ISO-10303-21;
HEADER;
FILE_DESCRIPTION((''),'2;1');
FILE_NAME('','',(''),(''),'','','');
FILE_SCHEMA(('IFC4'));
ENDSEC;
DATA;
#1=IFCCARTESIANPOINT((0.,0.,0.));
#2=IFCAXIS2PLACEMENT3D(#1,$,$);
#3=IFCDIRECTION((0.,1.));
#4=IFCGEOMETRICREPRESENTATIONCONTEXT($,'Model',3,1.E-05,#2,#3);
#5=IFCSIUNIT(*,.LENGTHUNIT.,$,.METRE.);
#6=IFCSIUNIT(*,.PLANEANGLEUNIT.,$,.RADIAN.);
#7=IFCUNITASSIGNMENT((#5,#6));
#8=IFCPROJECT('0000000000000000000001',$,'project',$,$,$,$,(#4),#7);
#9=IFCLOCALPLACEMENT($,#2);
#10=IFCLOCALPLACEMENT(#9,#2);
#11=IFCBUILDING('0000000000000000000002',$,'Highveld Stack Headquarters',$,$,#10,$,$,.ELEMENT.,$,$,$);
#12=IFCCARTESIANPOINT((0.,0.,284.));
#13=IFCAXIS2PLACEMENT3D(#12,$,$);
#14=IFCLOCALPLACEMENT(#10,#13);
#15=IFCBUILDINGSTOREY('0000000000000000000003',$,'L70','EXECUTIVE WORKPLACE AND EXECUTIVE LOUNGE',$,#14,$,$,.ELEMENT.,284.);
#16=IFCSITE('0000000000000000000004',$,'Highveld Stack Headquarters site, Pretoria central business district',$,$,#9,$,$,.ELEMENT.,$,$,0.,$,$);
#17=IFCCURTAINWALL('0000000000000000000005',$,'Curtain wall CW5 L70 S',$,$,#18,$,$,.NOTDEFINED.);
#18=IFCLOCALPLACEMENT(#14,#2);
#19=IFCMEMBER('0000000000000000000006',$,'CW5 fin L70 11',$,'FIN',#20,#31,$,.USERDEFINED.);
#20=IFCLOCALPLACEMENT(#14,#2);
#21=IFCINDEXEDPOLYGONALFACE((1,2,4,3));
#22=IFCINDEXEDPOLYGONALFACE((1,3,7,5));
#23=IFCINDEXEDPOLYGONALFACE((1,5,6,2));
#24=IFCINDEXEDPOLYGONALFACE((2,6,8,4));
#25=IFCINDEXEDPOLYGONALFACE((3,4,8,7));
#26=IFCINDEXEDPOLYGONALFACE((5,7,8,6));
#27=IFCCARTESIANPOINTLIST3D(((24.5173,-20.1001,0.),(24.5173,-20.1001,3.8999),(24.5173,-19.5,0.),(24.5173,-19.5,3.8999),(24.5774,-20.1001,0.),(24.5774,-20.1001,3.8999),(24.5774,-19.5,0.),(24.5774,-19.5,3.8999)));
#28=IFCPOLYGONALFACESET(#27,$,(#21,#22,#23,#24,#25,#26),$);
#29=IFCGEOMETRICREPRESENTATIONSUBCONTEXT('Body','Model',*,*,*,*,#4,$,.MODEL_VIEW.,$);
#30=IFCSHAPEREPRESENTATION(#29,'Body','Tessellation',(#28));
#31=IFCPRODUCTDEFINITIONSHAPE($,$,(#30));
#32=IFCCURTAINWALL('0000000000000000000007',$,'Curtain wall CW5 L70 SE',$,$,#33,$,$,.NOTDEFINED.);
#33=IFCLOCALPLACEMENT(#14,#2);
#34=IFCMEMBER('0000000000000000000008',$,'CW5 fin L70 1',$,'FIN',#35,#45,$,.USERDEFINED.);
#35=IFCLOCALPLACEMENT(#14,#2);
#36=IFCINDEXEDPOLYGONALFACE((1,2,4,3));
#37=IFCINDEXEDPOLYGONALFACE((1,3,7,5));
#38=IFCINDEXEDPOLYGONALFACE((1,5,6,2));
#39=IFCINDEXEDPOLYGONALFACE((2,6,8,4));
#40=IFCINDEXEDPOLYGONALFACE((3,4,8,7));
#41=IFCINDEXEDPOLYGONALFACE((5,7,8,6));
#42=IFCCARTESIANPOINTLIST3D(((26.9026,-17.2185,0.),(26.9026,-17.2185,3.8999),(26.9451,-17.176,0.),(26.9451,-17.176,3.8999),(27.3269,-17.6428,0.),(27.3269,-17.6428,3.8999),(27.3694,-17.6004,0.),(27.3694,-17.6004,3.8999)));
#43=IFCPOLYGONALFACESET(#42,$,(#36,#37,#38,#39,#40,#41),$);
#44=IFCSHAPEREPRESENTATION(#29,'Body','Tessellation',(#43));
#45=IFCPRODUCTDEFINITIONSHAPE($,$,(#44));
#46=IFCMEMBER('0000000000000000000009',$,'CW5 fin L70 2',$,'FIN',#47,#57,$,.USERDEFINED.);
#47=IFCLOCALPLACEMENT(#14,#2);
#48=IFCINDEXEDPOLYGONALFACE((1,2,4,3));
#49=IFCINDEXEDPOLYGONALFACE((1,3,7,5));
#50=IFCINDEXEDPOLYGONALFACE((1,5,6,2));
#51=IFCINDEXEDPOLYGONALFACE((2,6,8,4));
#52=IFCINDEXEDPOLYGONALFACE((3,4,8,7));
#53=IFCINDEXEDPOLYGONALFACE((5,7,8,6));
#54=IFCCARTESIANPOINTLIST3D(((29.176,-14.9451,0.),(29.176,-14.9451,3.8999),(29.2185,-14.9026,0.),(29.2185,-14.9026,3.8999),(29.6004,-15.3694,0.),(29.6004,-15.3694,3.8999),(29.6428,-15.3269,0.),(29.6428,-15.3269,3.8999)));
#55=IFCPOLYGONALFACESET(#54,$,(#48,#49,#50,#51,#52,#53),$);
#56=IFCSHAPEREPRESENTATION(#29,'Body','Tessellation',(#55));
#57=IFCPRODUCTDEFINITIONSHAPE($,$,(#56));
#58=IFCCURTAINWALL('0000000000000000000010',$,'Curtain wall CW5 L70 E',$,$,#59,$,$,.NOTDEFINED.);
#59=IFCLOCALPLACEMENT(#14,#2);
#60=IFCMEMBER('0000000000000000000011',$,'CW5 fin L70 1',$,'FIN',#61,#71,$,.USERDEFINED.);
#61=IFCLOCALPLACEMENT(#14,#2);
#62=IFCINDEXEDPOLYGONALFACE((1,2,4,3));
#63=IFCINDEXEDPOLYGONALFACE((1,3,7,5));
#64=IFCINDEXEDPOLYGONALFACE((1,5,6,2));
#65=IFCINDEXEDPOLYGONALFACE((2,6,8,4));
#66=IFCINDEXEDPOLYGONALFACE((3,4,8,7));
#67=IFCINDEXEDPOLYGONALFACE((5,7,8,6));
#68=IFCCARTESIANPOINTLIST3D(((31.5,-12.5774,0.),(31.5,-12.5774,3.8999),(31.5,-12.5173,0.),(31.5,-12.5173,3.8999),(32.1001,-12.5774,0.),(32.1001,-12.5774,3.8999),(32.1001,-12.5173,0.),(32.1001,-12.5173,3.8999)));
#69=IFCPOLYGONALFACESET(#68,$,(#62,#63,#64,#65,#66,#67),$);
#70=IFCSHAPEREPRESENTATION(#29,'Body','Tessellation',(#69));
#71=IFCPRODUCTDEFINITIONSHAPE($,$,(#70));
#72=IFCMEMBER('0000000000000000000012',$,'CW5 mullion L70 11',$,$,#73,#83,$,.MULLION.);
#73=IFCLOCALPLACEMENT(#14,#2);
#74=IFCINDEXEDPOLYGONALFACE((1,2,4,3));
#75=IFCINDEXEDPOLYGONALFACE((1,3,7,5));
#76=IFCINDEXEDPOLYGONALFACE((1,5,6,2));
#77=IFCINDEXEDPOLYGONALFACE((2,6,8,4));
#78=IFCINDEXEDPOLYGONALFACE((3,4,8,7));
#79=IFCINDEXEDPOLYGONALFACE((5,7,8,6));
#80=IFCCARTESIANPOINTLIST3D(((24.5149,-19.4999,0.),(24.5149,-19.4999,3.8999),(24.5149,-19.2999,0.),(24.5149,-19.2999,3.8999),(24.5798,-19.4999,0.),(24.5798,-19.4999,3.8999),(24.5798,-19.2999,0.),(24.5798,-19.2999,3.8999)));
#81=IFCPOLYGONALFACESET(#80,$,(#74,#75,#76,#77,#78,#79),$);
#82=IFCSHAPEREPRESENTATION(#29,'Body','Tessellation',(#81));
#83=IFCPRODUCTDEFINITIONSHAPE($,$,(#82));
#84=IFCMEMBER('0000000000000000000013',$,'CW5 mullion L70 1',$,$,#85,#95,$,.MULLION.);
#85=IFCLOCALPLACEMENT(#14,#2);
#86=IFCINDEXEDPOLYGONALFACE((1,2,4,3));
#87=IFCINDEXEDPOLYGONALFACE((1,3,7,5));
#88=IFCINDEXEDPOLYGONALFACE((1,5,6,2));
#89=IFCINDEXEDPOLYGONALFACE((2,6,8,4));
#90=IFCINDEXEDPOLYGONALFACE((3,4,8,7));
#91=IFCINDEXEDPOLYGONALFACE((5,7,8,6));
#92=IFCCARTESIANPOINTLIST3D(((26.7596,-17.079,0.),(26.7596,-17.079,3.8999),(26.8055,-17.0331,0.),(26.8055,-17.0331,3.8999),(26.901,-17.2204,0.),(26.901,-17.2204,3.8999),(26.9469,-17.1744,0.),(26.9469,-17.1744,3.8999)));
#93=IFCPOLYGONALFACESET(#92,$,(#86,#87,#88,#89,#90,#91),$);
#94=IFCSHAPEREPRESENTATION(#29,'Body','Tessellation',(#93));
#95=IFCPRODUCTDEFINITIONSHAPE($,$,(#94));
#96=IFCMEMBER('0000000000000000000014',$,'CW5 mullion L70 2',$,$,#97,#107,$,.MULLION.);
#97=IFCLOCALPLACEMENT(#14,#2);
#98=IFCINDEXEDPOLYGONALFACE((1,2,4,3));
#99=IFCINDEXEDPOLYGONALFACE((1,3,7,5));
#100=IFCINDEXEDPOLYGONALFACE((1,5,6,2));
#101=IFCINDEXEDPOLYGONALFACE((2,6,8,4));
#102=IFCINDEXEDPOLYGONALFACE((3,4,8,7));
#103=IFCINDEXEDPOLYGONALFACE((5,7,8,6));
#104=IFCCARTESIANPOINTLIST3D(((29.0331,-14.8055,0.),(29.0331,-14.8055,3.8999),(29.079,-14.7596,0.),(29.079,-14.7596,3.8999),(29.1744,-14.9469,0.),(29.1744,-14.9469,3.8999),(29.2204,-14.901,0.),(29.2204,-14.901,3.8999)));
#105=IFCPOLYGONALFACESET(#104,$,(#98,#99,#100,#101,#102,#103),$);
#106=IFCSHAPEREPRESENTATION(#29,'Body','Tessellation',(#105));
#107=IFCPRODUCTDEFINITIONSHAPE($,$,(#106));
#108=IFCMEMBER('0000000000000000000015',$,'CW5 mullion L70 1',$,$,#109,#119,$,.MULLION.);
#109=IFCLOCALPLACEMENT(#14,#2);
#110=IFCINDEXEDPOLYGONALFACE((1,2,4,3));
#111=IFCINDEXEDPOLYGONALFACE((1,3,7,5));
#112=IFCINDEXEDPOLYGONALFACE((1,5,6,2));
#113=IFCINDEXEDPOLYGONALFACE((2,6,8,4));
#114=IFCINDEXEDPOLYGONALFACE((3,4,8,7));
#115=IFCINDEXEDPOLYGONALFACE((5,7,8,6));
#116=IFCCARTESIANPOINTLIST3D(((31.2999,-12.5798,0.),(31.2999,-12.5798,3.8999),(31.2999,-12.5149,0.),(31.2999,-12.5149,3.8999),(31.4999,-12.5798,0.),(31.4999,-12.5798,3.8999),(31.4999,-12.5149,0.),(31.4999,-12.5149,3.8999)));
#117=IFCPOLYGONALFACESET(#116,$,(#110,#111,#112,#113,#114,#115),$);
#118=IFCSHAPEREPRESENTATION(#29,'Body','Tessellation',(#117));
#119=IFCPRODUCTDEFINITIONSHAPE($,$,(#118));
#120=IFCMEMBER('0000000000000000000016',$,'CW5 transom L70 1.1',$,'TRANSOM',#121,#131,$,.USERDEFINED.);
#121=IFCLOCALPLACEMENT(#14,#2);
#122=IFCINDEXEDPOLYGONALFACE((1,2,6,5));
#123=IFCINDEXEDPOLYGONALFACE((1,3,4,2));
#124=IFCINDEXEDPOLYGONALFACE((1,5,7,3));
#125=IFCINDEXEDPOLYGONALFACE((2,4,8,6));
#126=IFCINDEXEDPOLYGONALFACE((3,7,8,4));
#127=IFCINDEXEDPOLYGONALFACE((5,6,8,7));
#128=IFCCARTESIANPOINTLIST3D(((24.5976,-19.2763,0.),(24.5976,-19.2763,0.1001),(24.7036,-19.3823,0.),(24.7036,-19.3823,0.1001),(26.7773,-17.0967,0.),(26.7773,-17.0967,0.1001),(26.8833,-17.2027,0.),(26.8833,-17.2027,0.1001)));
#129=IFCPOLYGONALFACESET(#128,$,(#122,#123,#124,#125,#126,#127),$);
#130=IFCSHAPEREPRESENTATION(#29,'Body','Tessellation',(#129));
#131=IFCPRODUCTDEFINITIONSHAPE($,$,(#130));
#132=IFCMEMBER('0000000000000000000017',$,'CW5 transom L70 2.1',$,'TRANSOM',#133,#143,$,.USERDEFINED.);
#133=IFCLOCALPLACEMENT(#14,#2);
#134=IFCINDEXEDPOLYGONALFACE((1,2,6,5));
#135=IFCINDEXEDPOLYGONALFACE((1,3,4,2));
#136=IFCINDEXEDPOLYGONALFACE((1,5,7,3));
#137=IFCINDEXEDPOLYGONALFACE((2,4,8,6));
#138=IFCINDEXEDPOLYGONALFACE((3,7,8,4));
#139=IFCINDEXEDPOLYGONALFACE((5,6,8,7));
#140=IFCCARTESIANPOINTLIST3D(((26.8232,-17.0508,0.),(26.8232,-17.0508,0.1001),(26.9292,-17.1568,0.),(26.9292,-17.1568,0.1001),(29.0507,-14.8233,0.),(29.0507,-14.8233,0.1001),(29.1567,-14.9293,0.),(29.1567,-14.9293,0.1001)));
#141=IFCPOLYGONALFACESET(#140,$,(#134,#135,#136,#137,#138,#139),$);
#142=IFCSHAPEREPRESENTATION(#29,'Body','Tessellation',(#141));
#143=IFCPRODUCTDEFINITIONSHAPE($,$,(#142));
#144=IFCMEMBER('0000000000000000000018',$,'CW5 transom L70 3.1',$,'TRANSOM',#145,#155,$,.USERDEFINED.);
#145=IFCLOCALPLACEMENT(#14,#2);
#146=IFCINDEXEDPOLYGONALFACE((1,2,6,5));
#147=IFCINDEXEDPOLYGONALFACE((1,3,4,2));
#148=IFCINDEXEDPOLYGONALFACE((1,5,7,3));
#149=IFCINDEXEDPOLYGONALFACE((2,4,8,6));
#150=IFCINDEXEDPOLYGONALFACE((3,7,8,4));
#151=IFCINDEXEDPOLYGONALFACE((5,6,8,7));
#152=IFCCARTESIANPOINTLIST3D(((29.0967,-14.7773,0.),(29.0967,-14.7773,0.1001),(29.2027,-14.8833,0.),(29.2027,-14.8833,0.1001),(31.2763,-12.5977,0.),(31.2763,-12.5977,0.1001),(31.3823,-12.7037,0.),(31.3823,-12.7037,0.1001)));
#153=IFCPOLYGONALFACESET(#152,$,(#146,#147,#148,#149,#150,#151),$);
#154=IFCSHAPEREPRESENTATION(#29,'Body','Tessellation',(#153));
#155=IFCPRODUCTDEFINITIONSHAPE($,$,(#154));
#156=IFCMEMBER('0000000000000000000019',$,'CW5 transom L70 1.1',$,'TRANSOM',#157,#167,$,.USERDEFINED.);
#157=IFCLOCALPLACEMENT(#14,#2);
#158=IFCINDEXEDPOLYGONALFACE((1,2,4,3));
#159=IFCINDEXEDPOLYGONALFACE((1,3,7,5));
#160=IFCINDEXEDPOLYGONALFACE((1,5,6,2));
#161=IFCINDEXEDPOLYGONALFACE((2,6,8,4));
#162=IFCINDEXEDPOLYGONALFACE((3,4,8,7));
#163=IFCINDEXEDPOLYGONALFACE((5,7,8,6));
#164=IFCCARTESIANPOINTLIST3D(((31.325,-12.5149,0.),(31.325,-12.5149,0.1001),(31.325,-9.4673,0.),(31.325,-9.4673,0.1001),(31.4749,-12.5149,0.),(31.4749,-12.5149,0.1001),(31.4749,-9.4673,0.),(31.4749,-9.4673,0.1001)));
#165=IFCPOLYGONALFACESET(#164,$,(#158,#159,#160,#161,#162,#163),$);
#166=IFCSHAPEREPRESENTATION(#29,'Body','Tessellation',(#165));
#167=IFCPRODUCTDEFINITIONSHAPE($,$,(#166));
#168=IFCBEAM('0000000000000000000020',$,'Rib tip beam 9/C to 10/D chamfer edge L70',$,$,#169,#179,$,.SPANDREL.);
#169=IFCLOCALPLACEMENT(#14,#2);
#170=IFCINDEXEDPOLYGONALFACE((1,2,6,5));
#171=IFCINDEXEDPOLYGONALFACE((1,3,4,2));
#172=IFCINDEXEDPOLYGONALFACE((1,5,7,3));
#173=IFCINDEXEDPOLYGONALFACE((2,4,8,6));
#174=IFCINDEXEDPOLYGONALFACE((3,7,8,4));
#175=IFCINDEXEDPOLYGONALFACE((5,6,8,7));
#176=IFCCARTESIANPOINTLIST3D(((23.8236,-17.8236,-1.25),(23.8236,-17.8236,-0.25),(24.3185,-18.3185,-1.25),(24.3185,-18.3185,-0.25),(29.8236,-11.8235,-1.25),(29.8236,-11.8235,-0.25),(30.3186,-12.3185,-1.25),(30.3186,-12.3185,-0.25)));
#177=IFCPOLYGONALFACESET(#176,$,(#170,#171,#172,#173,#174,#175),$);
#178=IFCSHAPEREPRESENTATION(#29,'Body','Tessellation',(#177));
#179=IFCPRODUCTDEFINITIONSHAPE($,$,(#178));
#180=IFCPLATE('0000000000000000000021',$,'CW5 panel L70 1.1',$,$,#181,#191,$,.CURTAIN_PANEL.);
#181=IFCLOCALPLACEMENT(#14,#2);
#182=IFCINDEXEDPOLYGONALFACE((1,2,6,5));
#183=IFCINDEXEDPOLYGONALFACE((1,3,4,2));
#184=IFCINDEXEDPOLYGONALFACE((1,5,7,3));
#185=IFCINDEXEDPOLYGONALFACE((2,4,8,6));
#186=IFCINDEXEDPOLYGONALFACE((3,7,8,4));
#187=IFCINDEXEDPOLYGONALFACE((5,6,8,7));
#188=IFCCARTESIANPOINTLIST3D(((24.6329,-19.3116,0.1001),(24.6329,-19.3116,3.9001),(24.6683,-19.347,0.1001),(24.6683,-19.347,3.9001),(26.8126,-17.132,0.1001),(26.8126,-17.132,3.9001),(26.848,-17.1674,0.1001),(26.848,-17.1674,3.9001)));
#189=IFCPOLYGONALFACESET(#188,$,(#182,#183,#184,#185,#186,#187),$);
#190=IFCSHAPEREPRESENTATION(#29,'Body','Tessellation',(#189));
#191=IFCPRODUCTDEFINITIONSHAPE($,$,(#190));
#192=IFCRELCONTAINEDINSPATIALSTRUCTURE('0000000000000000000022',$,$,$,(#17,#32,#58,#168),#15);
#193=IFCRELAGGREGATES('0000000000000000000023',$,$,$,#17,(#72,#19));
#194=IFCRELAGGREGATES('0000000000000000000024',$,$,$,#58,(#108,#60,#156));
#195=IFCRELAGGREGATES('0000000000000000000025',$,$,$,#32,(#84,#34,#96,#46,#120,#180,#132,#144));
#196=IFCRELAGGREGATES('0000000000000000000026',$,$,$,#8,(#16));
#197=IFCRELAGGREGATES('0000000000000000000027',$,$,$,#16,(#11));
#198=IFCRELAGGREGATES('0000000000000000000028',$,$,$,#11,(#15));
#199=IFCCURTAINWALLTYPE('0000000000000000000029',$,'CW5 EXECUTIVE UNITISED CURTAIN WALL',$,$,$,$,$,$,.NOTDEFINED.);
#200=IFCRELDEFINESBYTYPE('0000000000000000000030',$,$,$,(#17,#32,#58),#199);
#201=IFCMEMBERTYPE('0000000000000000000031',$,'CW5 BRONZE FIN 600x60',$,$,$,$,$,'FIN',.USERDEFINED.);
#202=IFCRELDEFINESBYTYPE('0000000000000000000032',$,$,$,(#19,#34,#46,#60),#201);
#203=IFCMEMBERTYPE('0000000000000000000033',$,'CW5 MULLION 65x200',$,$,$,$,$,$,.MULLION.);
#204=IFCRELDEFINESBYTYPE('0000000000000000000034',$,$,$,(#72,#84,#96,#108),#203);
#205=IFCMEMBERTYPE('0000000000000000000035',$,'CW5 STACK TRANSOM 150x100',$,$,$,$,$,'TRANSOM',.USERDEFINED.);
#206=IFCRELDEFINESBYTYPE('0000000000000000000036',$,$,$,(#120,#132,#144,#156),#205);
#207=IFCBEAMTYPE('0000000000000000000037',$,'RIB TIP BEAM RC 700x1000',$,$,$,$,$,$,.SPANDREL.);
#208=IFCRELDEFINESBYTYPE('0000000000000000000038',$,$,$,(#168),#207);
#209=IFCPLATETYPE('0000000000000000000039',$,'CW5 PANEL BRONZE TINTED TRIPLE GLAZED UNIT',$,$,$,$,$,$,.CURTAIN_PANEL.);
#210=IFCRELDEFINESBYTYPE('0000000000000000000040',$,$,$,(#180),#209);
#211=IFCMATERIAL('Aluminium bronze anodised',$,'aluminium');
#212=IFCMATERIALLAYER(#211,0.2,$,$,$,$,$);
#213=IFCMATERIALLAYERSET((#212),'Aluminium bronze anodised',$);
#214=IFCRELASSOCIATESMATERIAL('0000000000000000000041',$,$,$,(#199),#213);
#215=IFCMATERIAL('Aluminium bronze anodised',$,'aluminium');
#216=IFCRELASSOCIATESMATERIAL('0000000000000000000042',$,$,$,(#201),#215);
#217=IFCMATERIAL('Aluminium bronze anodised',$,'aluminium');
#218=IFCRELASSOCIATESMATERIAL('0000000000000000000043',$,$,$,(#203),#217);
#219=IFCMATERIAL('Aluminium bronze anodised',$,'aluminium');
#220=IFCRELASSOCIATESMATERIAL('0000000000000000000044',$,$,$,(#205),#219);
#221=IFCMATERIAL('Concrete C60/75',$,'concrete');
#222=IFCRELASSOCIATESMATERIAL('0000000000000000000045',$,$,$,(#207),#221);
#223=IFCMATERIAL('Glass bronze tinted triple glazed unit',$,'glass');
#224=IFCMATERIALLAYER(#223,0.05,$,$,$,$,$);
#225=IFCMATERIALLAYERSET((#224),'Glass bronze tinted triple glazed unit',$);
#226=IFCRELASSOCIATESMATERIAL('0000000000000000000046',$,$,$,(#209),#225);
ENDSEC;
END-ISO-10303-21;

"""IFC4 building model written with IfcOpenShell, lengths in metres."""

from ifc_helpers import new_model, si_unit, direction, frame, origin, origin_2d, place, context, subcontext, project, spatial, rectangle, extrude, material, layer, layer_set, material_profile, profile_set, type_object, element, aggregate, save


model = new_model("IFC4")

# Units and contexts
model_context = context("Model", 3, precision=1e-05, world=origin(), true_north=direction((0.0, 1.0)))
body_context = subcontext(model_context, "Body", "Model", "MODEL_VIEW")
ifc_project = project(units=[si_unit("LENGTHUNIT", "METRE"), si_unit("PLANEANGLEUNIT", "RADIAN")], contexts=[model_context])

# Site, building, storey
site_placement = place(None, origin())
site = spatial("IfcSite", under=ifc_project, at=site_placement, Name="Highveld Stack Headquarters site, Pretoria central business district", CompositionType="ELEMENT", RefElevation=0.0)
building_placement = place(site_placement, origin())
building = spatial("IfcBuilding", under=site, at=building_placement, Name="Highveld Stack Headquarters", CompositionType="ELEMENT")
storey_placement = place(building_placement, frame((0.0, 0.0, 284.0)))
storey = spatial("IfcBuildingStorey", under=building, at=storey_placement, Name="L70", Description="EXECUTIVE WORKPLACE AND EXECUTIVE LOUNGE", CompositionType="ELEMENT", Elevation=284.0)

# Curtain wall, member
ifc_material_1 = material(Name="Aluminium bronze anodised", Category="aluminium")
ifc_layer_1 = layer(ifc_material_1, 0.2)
ifc_layer_set_1 = layer_set([ifc_layer_1], Name="Aluminium bronze anodised")
curtain_wall_type = type_object("IfcCurtainWallType", Name="CW5 EXECUTIVE UNITISED CURTAIN WALL", PredefinedType="NOTDEFINED", material=ifc_layer_set_1)
curtain_wall_1_placement = place(storey_placement, origin())
curtain_wall_1 = element("IfcCurtainWall", 1, at=curtain_wall_1_placement, inside=storey, type_object=curtain_wall_type, Name="Curtain wall CW5 L70 S", PredefinedType="NOTDEFINED")
ifc_material_2 = material(Name="Aluminium bronze anodised", Category="aluminium")
ifc_material_profile_1 = material_profile(ifc_material_2, rectangle(XDim=0.6001, YDim=0.0601, at=origin_2d()), Name="FIN 600x60")
ifc_profile_set_1 = profile_set([ifc_material_profile_1], Name="Aluminium bronze anodised")
member_type_1 = type_object("IfcMemberType", Name="CW5 BRONZE FIN 600x60", ElementType="FIN", PredefinedType="USERDEFINED", material=ifc_profile_set_1)
member_1_placement = place(storey_placement, frame((24.5474, -19.8, 0.0), z_axis=(0.0, 0.0, 1.0), x_axis=(0.0, 1.0, 0.0)))
member_1 = element("IfcMember", 2, at=member_1_placement, type_object=member_type_1, Name="CW5 fin L70 11", ObjectType="FIN", PredefinedType="USERDEFINED", context=body_context, shape_type="SweptSolid", body=[
    extrude(rectangle(XDim=0.6001, YDim=0.0601, at=origin_2d()), origin(), (0.0, 0.0, 1.0), 3.8999),
])

# Curtain wall, members
curtain_wall_2_placement = place(storey_placement, origin())
curtain_wall_2 = element("IfcCurtainWall", 3, at=curtain_wall_2_placement, inside=storey, type_object=curtain_wall_type, Name="Curtain wall CW5 L70 SE", PredefinedType="NOTDEFINED")
member_2_placement = place(storey_placement, frame((27.136, -17.4094, 0.0), z_axis=(0.0, 0.0, 1.0), x_axis=(-0.707107, 0.707107, 0.0)))
member_2 = element("IfcMember", 4, at=member_2_placement, type_object=member_type_1, Name="CW5 fin L70 1", ObjectType="FIN", PredefinedType="USERDEFINED", context=body_context, shape_type="SweptSolid", body=[
    extrude(rectangle(XDim=0.6001, YDim=0.0601, at=origin_2d()), origin(), (0.0, 0.0, 1.0), 3.8999),
])
member_3_placement = place(storey_placement, frame((29.4094, -15.136, 0.0), z_axis=(0.0, 0.0, 1.0), x_axis=(-0.707107, 0.707107, 0.0)))
member_3 = element("IfcMember", 5, at=member_3_placement, type_object=member_type_1, Name="CW5 fin L70 2", ObjectType="FIN", PredefinedType="USERDEFINED", context=body_context, shape_type="SweptSolid", body=[
    extrude(rectangle(XDim=0.6001, YDim=0.0601, at=origin_2d()), origin(), (0.0, 0.0, 1.0), 3.8999),
])

# Curtain wall, member
curtain_wall_3_placement = place(storey_placement, origin())
curtain_wall_3 = element("IfcCurtainWall", 6, at=curtain_wall_3_placement, inside=storey, type_object=curtain_wall_type, Name="Curtain wall CW5 L70 E", PredefinedType="NOTDEFINED")
member_4_placement = place(storey_placement, frame((31.8, -12.5474, 0.0), z_axis=(0.0, 0.0, 1.0), x_axis=(-1.0, 0.0, 0.0)))
member_4 = element("IfcMember", 7, at=member_4_placement, type_object=member_type_1, Name="CW5 fin L70 1", ObjectType="FIN", PredefinedType="USERDEFINED", context=body_context, shape_type="SweptSolid", body=[
    extrude(rectangle(XDim=0.6001, YDim=0.0601, at=origin_2d()), origin(), (0.0, 0.0, 1.0), 3.8999),
])

# Members
ifc_material_3 = material(Name="Aluminium bronze anodised", Category="aluminium")
ifc_material_profile_2 = material_profile(ifc_material_3, rectangle(XDim=0.2, YDim=0.0649, at=origin_2d()), Name="CW5 MULLION 65x200")
ifc_profile_set_2 = profile_set([ifc_material_profile_2], Name="Aluminium bronze anodised")
member_type_2 = type_object("IfcMemberType", Name="CW5 MULLION 65x200", PredefinedType="MULLION", material=ifc_profile_set_2)
member_5_placement = place(storey_placement, frame((24.5474, -19.3999, 0.0), z_axis=(0.0, 0.0, 1.0), x_axis=(0.0, 1.0, 0.0)))
member_5 = element("IfcMember", 8, at=member_5_placement, type_object=member_type_2, Name="CW5 mullion L70 11", PredefinedType="MULLION", context=body_context, shape_type="SweptSolid", body=[
    extrude(rectangle(XDim=0.2, YDim=0.0649, at=origin_2d()), origin(), (0.0, 0.0, 1.0), 3.8999),
])
aggregate(curtain_wall_1, [member_5, member_1])
member_6_placement = place(storey_placement, frame((26.8533, -17.1267, 0.0), z_axis=(0.0, 0.0, 1.0), x_axis=(-0.707107, 0.707107, 0.0)))
member_6 = element("IfcMember", 9, at=member_6_placement, type_object=member_type_2, Name="CW5 mullion L70 1", PredefinedType="MULLION", context=body_context, shape_type="SweptSolid", body=[
    extrude(rectangle(XDim=0.2, YDim=0.0649, at=origin_2d()), origin(), (0.0, 0.0, 1.0), 3.8999),
])
member_7_placement = place(storey_placement, frame((29.1267, -14.8533, 0.0), z_axis=(0.0, 0.0, 1.0), x_axis=(-0.707107, 0.707107, 0.0)))
member_7 = element("IfcMember", 10, at=member_7_placement, type_object=member_type_2, Name="CW5 mullion L70 2", PredefinedType="MULLION", context=body_context, shape_type="SweptSolid", body=[
    extrude(rectangle(XDim=0.2, YDim=0.0649, at=origin_2d()), origin(), (0.0, 0.0, 1.0), 3.8999),
])
member_8_placement = place(storey_placement, frame((31.3999, -12.5474, 0.0), z_axis=(0.0, 0.0, 1.0), x_axis=(-1.0, 0.0, 0.0)))
member_8 = element("IfcMember", 11, at=member_8_placement, type_object=member_type_2, Name="CW5 mullion L70 1", PredefinedType="MULLION", context=body_context, shape_type="SweptSolid", body=[
    extrude(rectangle(XDim=0.2, YDim=0.0649, at=origin_2d()), origin(), (0.0, 0.0, 1.0), 3.8999),
])
ifc_material_4 = material(Name="Aluminium bronze anodised", Category="aluminium")
ifc_material_profile_3 = material_profile(ifc_material_4, rectangle(XDim=0.1499, YDim=0.1001, at=origin_2d()), Name="CW5 TRANSOM 150x100")
ifc_profile_set_3 = profile_set([ifc_material_profile_3], Name="Aluminium bronze anodised")
member_type_3 = type_object("IfcMemberType", Name="CW5 STACK TRANSOM 150x100", ElementType="TRANSOM", PredefinedType="USERDEFINED", material=ifc_profile_set_3)
member_9_placement = place(storey_placement, frame((24.6506, -19.3293, 0.05), z_axis=(0.707107, 0.707107, 0.0), x_axis=(-0.707107, 0.707107, 0.0)))
member_9 = element("IfcMember", 12, at=member_9_placement, type_object=member_type_3, Name="CW5 transom L70 1.1", ObjectType="TRANSOM", PredefinedType="USERDEFINED", context=body_context, shape_type="SweptSolid", body=[
    extrude(rectangle(XDim=0.1499, YDim=0.1001, at=origin_2d()), origin(), (0.0, 0.0, 1.0), 3.0825),
])
member_10_placement = place(storey_placement, frame((26.8762, -17.1038, 0.05), z_axis=(0.707107, 0.707107, 0.0), x_axis=(-0.707107, 0.707107, 0.0)))
member_10 = element("IfcMember", 13, at=member_10_placement, type_object=member_type_3, Name="CW5 transom L70 2.1", ObjectType="TRANSOM", PredefinedType="USERDEFINED", context=body_context, shape_type="SweptSolid", body=[
    extrude(rectangle(XDim=0.1499, YDim=0.1001, at=origin_2d()), origin(), (0.0, 0.0, 1.0), 3.1501),
])
member_11_placement = place(storey_placement, frame((29.1497, -14.8303, 0.05), z_axis=(0.707107, 0.707107, 0.0), x_axis=(-0.707107, 0.707107, 0.0)))
member_11 = element("IfcMember", 14, at=member_11_placement, type_object=member_type_3, Name="CW5 transom L70 3.1", ObjectType="TRANSOM", PredefinedType="USERDEFINED", context=body_context, shape_type="SweptSolid", body=[
    extrude(rectangle(XDim=0.1499, YDim=0.1001, at=origin_2d()), origin(), (0.0, 0.0, 1.0), 3.0825),
])
member_12_placement = place(storey_placement, frame((31.3999, -12.5149, 0.05), z_axis=(0.0, 1.0, 0.0), x_axis=(-1.0, 0.0, 0.0)))
member_12 = element("IfcMember", 15, at=member_12_placement, type_object=member_type_3, Name="CW5 transom L70 1.1", ObjectType="TRANSOM", PredefinedType="USERDEFINED", context=body_context, shape_type="SweptSolid", body=[
    extrude(rectangle(XDim=0.1499, YDim=0.1001, at=origin_2d()), origin(), (0.0, 0.0, 1.0), 3.0476),
])
aggregate(curtain_wall_3, [member_8, member_4, member_12])

# Beam
ifc_material_5 = material(Name="Concrete C60/75", Category="concrete")
ifc_material_profile_4 = material_profile(ifc_material_5, rectangle(XDim=0.7, YDim=1.0, at=origin_2d()), Name="RC 700x1000")
ifc_profile_set_4 = profile_set([ifc_material_profile_4], Name="Concrete C60/75")
beam_type = type_object("IfcBeamType", Name="RIB TIP BEAM RC 700x1000", PredefinedType="SPANDREL", material=ifc_profile_set_4)
beam_placement = place(storey_placement, frame((24.071, -18.071, -0.75), z_axis=(0.707107, 0.707107, 0.0), x_axis=(-0.707107, 0.707107, 0.0)))
element("IfcBeam", 16, at=beam_placement, inside=storey, type_object=beam_type, Name="Rib tip beam 9/C to 10/D chamfer edge L70", PredefinedType="SPANDREL", context=body_context, shape_type="SweptSolid", body=[
    extrude(rectangle(XDim=0.7, YDim=1.0, at=origin_2d()), origin(), (0.0, 0.0, 1.0), 8.4854),
])

# Plate
ifc_material_6 = material(Name="Glass bronze tinted triple glazed unit", Category="glass")
ifc_layer_2 = layer(ifc_material_6, 0.05)
ifc_layer_set_2 = layer_set([ifc_layer_2], Name="Glass bronze tinted triple glazed unit")
plate_type = type_object("IfcPlateType", Name="CW5 PANEL BRONZE TINTED TRIPLE GLAZED UNIT", PredefinedType="CURTAIN_PANEL", material=ifc_layer_set_2)
plate_1_placement = place(storey_placement, frame((25.7405, -18.2395, 0.1001), z_axis=(0.0, 0.0, 1.0), x_axis=(0.707107, 0.707107, 0.0)))
plate_1 = element("IfcPlate", 17, at=plate_1_placement, type_object=plate_type, Name="CW5 panel L70 1.1", PredefinedType="CURTAIN_PANEL", context=body_context, shape_type="SweptSolid", body=[
    extrude(rectangle(XDim=3.0825, YDim=0.05, at=origin_2d()), origin(), (0.0, 0.0, 1.0), 3.8),
])
aggregate(curtain_wall_2, [member_6, member_2, member_7, member_3, member_9, plate_1, member_10, member_11])

save(model, "model.ifc")
